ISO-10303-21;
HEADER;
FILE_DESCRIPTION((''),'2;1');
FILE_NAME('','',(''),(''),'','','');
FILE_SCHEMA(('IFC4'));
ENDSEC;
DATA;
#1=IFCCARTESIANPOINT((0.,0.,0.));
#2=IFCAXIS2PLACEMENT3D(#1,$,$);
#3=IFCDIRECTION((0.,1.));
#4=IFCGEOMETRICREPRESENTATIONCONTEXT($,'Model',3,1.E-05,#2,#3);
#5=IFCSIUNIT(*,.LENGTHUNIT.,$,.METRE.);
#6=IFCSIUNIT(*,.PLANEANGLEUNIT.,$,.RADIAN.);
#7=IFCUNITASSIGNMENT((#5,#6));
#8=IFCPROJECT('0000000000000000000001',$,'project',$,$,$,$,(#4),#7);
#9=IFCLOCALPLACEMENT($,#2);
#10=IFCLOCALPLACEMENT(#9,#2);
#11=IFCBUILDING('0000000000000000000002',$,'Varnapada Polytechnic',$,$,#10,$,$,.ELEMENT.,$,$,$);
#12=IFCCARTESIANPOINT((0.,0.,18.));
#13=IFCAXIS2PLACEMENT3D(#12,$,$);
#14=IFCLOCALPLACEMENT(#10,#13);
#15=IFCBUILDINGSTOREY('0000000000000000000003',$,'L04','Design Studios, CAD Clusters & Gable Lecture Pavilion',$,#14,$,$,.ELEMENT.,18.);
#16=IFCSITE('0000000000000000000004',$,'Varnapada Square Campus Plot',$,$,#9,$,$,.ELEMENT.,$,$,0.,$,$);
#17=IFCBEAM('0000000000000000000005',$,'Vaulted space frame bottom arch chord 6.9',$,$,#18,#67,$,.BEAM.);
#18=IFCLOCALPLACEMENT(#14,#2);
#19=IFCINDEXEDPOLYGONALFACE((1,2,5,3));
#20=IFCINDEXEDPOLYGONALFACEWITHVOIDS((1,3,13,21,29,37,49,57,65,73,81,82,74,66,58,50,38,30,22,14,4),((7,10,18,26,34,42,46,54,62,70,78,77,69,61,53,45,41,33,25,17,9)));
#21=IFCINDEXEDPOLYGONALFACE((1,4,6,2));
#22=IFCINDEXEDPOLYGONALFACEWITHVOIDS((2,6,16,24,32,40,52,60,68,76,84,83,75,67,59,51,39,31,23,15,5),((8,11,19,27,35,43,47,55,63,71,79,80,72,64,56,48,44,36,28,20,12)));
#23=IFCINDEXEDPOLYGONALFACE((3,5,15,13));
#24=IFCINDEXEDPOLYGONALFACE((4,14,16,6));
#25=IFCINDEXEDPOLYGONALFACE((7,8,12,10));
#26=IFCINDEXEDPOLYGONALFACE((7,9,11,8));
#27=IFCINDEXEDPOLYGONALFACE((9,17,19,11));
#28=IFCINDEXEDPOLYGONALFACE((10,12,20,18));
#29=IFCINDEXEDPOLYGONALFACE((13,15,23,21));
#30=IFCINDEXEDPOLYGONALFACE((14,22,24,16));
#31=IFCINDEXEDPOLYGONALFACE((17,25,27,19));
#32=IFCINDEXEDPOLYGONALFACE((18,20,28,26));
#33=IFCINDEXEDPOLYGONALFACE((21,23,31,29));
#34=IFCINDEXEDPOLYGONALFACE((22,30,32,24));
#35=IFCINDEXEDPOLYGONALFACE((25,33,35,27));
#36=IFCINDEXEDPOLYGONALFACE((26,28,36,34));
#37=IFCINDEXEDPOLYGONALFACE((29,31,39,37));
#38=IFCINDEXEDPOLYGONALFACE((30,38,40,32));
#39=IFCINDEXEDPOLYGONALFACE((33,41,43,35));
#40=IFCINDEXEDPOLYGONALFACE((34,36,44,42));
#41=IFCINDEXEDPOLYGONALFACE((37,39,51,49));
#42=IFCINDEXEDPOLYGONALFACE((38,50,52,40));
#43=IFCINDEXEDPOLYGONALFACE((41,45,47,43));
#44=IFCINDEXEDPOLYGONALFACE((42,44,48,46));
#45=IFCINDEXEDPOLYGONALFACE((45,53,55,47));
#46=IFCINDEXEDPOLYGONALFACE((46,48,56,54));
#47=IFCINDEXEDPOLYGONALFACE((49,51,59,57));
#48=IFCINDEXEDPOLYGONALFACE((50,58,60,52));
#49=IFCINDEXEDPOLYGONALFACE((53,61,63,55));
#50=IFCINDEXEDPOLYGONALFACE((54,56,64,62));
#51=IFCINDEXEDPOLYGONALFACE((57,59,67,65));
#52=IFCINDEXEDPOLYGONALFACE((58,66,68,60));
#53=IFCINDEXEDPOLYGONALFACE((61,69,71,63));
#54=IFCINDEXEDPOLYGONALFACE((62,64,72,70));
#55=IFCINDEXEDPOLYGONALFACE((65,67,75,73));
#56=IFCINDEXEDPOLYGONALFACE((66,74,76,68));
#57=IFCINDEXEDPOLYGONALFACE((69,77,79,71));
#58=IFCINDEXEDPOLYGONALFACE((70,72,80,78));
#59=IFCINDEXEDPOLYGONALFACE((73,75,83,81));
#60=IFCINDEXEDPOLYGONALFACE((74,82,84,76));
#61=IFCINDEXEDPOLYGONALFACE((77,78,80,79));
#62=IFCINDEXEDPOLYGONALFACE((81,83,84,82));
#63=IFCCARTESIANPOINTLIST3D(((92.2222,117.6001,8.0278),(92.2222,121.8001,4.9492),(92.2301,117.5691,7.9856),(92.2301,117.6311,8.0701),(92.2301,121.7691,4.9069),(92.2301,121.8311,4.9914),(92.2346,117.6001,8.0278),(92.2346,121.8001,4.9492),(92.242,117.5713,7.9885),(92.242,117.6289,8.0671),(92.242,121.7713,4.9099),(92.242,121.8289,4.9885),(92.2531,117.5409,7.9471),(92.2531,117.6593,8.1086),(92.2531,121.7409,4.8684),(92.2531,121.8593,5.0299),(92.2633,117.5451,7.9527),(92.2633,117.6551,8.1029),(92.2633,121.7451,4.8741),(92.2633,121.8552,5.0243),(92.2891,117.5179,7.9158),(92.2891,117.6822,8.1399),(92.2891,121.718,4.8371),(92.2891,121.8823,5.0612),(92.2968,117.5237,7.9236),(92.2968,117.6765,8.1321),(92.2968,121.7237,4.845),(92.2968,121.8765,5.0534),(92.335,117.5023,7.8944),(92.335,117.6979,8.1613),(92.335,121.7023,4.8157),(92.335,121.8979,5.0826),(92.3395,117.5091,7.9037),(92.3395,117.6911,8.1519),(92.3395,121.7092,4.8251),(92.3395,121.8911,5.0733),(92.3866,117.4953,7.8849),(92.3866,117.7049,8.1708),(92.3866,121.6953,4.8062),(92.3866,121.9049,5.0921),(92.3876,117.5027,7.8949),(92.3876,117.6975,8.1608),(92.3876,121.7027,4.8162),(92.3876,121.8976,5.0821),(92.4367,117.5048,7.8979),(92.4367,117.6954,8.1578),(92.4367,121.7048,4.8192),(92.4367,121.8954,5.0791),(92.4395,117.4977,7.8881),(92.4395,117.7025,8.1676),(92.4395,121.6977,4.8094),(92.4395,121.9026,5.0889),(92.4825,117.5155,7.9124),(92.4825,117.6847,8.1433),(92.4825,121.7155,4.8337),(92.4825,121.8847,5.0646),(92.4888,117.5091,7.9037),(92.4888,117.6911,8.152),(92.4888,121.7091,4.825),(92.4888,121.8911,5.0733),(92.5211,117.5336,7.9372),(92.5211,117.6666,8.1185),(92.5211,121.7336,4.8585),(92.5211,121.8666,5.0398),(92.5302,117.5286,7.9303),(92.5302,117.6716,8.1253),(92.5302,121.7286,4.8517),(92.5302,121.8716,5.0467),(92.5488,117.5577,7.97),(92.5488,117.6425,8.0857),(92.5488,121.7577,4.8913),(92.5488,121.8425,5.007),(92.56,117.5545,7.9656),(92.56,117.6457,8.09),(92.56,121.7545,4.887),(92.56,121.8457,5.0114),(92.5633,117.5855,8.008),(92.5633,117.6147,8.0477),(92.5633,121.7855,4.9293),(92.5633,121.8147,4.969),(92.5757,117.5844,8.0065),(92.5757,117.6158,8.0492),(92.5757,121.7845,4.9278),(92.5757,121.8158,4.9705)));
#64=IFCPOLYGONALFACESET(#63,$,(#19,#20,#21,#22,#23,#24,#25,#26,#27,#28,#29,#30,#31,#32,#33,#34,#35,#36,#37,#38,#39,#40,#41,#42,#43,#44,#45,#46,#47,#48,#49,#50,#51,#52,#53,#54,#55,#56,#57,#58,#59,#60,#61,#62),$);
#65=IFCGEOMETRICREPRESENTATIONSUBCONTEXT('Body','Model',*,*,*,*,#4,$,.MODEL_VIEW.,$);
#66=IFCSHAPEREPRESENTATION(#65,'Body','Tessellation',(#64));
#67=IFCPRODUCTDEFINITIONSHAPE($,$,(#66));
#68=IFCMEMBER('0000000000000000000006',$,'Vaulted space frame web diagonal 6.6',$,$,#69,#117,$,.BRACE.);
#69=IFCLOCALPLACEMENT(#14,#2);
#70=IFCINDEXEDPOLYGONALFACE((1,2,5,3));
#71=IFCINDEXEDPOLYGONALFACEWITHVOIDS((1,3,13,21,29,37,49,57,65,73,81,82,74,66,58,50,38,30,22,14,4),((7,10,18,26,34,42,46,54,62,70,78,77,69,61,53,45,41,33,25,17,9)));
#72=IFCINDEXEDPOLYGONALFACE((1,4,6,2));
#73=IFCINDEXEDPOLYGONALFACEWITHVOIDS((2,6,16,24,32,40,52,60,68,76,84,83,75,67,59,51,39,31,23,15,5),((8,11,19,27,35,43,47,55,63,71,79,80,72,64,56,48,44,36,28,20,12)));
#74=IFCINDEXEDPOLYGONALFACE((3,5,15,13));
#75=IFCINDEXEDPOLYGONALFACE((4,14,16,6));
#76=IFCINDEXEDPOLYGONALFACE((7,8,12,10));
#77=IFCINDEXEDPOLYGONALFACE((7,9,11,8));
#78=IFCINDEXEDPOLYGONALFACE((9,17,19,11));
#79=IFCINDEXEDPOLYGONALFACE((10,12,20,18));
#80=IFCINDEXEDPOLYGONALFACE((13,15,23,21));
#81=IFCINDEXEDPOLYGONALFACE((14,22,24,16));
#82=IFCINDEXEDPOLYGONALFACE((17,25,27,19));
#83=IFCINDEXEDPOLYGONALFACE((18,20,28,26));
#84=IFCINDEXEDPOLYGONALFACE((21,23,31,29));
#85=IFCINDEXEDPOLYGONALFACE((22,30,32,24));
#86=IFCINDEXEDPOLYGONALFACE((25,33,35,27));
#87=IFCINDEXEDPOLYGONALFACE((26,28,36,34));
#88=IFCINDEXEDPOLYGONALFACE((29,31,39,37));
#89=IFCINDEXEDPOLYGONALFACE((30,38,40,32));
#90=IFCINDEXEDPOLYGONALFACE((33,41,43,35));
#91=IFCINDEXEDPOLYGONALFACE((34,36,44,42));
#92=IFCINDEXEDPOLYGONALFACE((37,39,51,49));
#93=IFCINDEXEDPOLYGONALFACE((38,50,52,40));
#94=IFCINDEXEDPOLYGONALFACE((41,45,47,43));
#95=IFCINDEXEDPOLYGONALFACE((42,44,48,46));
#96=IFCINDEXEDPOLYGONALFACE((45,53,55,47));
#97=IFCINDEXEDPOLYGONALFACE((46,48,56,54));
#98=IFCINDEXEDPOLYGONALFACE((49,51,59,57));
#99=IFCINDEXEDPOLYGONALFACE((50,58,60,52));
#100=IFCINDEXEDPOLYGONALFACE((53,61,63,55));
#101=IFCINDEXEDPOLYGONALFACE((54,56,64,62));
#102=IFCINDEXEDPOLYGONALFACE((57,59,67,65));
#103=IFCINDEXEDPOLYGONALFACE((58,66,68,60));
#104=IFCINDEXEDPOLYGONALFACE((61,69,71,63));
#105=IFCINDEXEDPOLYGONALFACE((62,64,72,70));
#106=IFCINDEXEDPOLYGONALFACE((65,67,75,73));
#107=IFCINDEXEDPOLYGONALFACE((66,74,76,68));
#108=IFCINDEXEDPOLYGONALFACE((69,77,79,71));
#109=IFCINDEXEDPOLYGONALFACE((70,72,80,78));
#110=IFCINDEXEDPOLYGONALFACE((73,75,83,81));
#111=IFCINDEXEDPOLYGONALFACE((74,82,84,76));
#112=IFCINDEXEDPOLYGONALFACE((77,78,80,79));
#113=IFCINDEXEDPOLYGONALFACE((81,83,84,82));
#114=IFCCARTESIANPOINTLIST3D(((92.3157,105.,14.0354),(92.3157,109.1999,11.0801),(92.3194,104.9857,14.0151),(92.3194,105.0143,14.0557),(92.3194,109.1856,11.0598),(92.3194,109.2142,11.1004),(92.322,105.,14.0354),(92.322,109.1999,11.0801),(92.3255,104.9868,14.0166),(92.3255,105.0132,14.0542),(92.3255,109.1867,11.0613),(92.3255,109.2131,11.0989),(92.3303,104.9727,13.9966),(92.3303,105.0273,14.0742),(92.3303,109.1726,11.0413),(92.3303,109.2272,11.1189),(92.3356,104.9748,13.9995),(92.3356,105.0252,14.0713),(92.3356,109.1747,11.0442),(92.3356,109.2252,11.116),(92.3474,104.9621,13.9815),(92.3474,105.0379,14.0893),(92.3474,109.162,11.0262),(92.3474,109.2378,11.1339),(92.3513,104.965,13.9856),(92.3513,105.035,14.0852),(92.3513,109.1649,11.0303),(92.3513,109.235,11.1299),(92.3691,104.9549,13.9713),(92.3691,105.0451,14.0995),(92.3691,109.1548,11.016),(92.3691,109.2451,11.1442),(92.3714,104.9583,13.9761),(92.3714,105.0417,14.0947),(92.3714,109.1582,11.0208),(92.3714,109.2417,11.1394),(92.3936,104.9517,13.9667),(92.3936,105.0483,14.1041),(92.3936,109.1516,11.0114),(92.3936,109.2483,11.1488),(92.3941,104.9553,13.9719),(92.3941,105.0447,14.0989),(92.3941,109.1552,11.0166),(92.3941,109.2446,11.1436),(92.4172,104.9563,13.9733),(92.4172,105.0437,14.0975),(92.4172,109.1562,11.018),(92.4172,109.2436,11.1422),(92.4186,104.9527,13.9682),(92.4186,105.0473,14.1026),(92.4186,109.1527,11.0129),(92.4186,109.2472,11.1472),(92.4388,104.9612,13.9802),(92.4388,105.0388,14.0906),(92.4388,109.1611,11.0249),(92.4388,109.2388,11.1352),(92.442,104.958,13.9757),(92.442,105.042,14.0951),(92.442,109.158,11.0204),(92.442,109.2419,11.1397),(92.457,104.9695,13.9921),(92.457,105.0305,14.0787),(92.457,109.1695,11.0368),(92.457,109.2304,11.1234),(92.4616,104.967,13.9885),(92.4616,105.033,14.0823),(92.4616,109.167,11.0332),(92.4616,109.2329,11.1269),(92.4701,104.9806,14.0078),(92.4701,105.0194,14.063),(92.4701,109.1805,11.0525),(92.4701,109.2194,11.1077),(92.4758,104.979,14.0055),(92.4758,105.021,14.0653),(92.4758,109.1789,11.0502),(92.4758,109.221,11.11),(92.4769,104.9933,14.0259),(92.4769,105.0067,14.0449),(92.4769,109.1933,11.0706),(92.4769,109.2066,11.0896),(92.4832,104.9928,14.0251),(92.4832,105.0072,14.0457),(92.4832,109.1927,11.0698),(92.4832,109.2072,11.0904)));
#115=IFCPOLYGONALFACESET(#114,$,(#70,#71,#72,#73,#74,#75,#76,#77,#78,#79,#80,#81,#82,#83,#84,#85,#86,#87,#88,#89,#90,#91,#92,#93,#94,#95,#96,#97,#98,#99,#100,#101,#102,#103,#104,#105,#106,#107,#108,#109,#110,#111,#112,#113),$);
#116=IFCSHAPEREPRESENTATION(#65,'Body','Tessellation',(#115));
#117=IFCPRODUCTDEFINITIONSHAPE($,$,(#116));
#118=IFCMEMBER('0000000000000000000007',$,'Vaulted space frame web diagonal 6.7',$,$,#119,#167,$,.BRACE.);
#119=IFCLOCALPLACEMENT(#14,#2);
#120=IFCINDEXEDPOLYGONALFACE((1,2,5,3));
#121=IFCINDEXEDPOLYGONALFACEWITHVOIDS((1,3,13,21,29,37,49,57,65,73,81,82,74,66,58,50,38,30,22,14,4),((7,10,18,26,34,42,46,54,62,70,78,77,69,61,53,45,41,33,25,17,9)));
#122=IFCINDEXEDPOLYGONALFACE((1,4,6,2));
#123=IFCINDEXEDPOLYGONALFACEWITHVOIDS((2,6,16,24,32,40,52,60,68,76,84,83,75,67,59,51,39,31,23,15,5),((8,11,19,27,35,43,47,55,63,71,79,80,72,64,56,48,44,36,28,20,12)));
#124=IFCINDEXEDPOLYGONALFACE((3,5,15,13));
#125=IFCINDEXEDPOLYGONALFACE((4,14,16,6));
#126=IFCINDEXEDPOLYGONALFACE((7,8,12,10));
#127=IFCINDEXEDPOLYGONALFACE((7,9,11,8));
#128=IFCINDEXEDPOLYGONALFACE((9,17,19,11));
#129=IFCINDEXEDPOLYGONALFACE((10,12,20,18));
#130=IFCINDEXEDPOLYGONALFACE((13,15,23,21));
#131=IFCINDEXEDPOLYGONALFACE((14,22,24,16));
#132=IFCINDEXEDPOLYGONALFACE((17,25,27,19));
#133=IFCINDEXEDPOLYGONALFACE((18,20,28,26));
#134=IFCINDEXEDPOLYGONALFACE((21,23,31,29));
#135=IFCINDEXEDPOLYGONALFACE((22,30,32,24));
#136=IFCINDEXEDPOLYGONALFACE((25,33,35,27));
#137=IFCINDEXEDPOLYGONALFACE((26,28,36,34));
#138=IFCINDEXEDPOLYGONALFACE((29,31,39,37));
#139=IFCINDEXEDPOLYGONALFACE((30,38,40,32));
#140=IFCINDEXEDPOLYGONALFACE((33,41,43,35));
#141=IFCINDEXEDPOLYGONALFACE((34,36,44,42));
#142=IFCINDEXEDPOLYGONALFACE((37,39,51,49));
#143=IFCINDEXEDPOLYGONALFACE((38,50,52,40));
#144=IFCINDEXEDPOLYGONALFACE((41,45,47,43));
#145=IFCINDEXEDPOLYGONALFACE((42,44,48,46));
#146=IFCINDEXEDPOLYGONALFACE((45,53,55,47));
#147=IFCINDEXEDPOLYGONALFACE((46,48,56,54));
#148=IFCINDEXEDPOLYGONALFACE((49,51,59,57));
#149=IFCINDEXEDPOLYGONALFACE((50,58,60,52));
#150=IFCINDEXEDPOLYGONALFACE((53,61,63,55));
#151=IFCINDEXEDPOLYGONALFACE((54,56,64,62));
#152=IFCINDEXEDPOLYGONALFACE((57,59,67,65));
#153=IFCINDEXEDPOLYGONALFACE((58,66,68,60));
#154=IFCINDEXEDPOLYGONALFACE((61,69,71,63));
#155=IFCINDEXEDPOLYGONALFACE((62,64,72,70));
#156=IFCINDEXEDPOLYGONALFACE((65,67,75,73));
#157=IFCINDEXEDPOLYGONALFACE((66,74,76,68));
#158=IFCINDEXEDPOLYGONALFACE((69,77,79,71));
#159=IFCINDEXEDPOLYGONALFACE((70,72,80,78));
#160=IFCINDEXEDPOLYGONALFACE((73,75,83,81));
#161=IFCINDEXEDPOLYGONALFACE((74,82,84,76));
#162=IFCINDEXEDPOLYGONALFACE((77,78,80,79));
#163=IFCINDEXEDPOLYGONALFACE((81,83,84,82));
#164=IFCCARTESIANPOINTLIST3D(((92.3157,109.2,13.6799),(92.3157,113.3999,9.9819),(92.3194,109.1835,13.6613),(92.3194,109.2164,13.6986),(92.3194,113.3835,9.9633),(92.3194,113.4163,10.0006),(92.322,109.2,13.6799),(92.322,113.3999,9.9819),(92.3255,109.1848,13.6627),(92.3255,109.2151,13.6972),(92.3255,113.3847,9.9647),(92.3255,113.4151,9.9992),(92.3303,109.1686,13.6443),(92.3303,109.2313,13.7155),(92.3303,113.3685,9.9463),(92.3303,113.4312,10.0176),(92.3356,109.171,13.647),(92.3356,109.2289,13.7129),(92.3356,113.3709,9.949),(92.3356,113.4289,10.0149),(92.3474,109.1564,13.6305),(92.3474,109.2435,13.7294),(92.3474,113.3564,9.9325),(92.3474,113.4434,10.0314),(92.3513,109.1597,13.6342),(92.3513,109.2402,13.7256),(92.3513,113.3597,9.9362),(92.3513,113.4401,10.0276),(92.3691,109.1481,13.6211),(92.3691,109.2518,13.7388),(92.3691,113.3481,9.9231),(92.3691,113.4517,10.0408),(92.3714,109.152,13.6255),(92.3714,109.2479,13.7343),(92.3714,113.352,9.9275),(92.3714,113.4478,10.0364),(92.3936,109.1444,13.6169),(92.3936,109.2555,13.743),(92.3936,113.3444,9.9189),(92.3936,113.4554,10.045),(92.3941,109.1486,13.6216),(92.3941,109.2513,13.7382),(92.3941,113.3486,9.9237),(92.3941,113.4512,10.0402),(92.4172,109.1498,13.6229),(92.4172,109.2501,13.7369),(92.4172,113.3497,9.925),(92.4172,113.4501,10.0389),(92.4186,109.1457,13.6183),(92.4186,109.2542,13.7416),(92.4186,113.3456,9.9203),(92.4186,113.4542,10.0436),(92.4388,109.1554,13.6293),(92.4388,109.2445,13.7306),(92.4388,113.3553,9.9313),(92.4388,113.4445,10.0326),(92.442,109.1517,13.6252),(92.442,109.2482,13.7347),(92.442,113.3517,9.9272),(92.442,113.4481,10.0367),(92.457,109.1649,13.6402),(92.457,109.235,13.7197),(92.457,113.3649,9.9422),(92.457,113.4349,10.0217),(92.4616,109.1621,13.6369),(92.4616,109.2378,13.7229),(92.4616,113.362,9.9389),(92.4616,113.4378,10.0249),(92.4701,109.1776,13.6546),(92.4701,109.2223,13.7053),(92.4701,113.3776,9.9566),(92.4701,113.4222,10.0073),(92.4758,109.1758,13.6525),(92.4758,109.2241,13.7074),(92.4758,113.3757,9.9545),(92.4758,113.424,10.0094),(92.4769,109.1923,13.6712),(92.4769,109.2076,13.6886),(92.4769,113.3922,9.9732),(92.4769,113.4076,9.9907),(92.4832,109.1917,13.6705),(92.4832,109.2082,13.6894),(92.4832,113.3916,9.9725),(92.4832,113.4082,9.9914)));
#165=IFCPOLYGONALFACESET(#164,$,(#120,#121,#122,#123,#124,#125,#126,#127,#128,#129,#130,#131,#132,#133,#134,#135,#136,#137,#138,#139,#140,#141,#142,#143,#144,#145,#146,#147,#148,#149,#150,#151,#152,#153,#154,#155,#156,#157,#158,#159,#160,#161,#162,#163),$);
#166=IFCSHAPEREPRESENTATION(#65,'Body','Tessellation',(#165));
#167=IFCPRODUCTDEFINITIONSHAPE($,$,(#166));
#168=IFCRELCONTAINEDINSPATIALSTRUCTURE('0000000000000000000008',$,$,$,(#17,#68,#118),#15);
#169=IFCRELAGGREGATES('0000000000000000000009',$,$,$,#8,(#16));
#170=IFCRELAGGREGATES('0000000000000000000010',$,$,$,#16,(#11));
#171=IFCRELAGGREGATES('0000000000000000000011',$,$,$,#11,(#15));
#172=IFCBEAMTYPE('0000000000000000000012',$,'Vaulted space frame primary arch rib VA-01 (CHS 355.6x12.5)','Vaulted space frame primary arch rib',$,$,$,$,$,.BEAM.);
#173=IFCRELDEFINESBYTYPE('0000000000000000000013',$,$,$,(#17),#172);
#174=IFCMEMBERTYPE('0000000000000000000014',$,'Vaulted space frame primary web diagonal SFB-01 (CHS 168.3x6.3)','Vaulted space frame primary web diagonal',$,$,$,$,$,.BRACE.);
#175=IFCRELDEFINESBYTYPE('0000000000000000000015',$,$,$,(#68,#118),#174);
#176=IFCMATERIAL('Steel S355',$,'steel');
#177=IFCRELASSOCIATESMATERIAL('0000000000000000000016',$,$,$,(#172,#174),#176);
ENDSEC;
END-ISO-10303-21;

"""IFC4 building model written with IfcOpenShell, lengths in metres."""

from ifc_helpers import new_model, si_unit, direction, frame, origin, origin_2d, place, context, subcontext, project, spatial, hollow_circle, extrude, material, material_profile, profile_set, type_object, element, save


model = new_model("IFC4")

# Units and contexts
model_context = context("Model", 3, precision=1e-05, world=origin(), true_north=direction((0.0, 1.0)))
body_context = subcontext(model_context, "Body", "Model", "MODEL_VIEW")
ifc_project = project(units=[si_unit("LENGTHUNIT", "METRE"), si_unit("PLANEANGLEUNIT", "RADIAN")], contexts=[model_context])

# Site, building, storey
site_placement = place(None, origin())
site = spatial("IfcSite", under=ifc_project, at=site_placement, Name="Varnapada Square Campus Plot", CompositionType="ELEMENT", RefElevation=0.0)
building_placement = place(site_placement, origin())
building = spatial("IfcBuilding", under=site, at=building_placement, Name="Varnapada Polytechnic", CompositionType="ELEMENT")
storey_placement = place(building_placement, frame((0.0, 0.0, 18.0)))
storey = spatial("IfcBuildingStorey", under=building, at=storey_placement, Name="L04", Description="Design Studios, CAD Clusters & Gable Lecture Pavilion", CompositionType="ELEMENT", Elevation=18.0)

# Shared definitions
ifc_material = material(Name="Steel S355", Category="steel")

# Beam
ifc_material_profile_1 = material_profile(ifc_material, hollow_circle(Radius=0.1777, WallThickness=0.0125, at=origin_2d()), Name="CHS 355.6x12.5")
ifc_profile_set_1 = profile_set([ifc_material_profile_1], Name="Steel S355")
beam_type_1 = type_object("IfcBeamType", Name="Vaulted space frame primary arch rib VA-01 (CHS 355.6x12.5)", Description="Vaulted space frame primary arch rib", PredefinedType="BEAM", material=ifc_profile_set_1)
beam_1_placement = place(storey_placement, frame((92.3999, 117.6001, 8.0278), z_axis=(0.0, 0.806529, -0.591195), x_axis=(-1.0, 0.0, 0.0)))
element("IfcBeam", 1, at=beam_1_placement, inside=storey, type_object=beam_type_1, Name="Vaulted space frame bottom arch chord 6.9", PredefinedType="BEAM", context=body_context, shape_type="SweptSolid", body=[
    extrude(hollow_circle(Radius=0.1777, WallThickness=0.0125, at=origin_2d()), origin(), (0.0, 0.0, 1.0), 5.2075),
])

# Members
ifc_material_profile_2 = material_profile(ifc_material, hollow_circle(Radius=0.0842, WallThickness=0.0063, at=origin_2d()), Name="CHS 168.3x6.3")
ifc_profile_set_2 = profile_set([ifc_material_profile_2], Name="Steel S355")
member_type_1 = type_object("IfcMemberType", Name="Vaulted space frame primary web diagonal SFB-01 (CHS 168.3x6.3)", Description="Vaulted space frame primary web diagonal", PredefinedType="BRACE", material=ifc_profile_set_2)
member_1_placement = place(storey_placement, frame((92.3999, 105.0, 14.0354), z_axis=(0.0, 0.817825, -0.575467), x_axis=(-1.0, 0.0, 0.0)))
element("IfcMember", 2, at=member_1_placement, inside=storey, type_object=member_type_1, Name="Vaulted space frame web diagonal 6.6", PredefinedType="BRACE", context=body_context, shape_type="SweptSolid", body=[
    extrude(hollow_circle(Radius=0.0842, WallThickness=0.0063, at=origin_2d()), origin(), (0.0, 0.0, 1.0), 5.1355),
])
member_2_placement = place(storey_placement, frame((92.3999, 109.2, 13.6799), z_axis=(0.0, 0.750533, -0.660833), x_axis=(-1.0, 0.0, 0.0)))
element("IfcMember", 3, at=member_2_placement, inside=storey, type_object=member_type_1, Name="Vaulted space frame web diagonal 6.7", PredefinedType="BRACE", context=body_context, shape_type="SweptSolid", body=[
    extrude(hollow_circle(Radius=0.0842, WallThickness=0.0063, at=origin_2d()), origin(), (0.0, 0.0, 1.0), 5.5959),
])

save(model, "model.ifc")
